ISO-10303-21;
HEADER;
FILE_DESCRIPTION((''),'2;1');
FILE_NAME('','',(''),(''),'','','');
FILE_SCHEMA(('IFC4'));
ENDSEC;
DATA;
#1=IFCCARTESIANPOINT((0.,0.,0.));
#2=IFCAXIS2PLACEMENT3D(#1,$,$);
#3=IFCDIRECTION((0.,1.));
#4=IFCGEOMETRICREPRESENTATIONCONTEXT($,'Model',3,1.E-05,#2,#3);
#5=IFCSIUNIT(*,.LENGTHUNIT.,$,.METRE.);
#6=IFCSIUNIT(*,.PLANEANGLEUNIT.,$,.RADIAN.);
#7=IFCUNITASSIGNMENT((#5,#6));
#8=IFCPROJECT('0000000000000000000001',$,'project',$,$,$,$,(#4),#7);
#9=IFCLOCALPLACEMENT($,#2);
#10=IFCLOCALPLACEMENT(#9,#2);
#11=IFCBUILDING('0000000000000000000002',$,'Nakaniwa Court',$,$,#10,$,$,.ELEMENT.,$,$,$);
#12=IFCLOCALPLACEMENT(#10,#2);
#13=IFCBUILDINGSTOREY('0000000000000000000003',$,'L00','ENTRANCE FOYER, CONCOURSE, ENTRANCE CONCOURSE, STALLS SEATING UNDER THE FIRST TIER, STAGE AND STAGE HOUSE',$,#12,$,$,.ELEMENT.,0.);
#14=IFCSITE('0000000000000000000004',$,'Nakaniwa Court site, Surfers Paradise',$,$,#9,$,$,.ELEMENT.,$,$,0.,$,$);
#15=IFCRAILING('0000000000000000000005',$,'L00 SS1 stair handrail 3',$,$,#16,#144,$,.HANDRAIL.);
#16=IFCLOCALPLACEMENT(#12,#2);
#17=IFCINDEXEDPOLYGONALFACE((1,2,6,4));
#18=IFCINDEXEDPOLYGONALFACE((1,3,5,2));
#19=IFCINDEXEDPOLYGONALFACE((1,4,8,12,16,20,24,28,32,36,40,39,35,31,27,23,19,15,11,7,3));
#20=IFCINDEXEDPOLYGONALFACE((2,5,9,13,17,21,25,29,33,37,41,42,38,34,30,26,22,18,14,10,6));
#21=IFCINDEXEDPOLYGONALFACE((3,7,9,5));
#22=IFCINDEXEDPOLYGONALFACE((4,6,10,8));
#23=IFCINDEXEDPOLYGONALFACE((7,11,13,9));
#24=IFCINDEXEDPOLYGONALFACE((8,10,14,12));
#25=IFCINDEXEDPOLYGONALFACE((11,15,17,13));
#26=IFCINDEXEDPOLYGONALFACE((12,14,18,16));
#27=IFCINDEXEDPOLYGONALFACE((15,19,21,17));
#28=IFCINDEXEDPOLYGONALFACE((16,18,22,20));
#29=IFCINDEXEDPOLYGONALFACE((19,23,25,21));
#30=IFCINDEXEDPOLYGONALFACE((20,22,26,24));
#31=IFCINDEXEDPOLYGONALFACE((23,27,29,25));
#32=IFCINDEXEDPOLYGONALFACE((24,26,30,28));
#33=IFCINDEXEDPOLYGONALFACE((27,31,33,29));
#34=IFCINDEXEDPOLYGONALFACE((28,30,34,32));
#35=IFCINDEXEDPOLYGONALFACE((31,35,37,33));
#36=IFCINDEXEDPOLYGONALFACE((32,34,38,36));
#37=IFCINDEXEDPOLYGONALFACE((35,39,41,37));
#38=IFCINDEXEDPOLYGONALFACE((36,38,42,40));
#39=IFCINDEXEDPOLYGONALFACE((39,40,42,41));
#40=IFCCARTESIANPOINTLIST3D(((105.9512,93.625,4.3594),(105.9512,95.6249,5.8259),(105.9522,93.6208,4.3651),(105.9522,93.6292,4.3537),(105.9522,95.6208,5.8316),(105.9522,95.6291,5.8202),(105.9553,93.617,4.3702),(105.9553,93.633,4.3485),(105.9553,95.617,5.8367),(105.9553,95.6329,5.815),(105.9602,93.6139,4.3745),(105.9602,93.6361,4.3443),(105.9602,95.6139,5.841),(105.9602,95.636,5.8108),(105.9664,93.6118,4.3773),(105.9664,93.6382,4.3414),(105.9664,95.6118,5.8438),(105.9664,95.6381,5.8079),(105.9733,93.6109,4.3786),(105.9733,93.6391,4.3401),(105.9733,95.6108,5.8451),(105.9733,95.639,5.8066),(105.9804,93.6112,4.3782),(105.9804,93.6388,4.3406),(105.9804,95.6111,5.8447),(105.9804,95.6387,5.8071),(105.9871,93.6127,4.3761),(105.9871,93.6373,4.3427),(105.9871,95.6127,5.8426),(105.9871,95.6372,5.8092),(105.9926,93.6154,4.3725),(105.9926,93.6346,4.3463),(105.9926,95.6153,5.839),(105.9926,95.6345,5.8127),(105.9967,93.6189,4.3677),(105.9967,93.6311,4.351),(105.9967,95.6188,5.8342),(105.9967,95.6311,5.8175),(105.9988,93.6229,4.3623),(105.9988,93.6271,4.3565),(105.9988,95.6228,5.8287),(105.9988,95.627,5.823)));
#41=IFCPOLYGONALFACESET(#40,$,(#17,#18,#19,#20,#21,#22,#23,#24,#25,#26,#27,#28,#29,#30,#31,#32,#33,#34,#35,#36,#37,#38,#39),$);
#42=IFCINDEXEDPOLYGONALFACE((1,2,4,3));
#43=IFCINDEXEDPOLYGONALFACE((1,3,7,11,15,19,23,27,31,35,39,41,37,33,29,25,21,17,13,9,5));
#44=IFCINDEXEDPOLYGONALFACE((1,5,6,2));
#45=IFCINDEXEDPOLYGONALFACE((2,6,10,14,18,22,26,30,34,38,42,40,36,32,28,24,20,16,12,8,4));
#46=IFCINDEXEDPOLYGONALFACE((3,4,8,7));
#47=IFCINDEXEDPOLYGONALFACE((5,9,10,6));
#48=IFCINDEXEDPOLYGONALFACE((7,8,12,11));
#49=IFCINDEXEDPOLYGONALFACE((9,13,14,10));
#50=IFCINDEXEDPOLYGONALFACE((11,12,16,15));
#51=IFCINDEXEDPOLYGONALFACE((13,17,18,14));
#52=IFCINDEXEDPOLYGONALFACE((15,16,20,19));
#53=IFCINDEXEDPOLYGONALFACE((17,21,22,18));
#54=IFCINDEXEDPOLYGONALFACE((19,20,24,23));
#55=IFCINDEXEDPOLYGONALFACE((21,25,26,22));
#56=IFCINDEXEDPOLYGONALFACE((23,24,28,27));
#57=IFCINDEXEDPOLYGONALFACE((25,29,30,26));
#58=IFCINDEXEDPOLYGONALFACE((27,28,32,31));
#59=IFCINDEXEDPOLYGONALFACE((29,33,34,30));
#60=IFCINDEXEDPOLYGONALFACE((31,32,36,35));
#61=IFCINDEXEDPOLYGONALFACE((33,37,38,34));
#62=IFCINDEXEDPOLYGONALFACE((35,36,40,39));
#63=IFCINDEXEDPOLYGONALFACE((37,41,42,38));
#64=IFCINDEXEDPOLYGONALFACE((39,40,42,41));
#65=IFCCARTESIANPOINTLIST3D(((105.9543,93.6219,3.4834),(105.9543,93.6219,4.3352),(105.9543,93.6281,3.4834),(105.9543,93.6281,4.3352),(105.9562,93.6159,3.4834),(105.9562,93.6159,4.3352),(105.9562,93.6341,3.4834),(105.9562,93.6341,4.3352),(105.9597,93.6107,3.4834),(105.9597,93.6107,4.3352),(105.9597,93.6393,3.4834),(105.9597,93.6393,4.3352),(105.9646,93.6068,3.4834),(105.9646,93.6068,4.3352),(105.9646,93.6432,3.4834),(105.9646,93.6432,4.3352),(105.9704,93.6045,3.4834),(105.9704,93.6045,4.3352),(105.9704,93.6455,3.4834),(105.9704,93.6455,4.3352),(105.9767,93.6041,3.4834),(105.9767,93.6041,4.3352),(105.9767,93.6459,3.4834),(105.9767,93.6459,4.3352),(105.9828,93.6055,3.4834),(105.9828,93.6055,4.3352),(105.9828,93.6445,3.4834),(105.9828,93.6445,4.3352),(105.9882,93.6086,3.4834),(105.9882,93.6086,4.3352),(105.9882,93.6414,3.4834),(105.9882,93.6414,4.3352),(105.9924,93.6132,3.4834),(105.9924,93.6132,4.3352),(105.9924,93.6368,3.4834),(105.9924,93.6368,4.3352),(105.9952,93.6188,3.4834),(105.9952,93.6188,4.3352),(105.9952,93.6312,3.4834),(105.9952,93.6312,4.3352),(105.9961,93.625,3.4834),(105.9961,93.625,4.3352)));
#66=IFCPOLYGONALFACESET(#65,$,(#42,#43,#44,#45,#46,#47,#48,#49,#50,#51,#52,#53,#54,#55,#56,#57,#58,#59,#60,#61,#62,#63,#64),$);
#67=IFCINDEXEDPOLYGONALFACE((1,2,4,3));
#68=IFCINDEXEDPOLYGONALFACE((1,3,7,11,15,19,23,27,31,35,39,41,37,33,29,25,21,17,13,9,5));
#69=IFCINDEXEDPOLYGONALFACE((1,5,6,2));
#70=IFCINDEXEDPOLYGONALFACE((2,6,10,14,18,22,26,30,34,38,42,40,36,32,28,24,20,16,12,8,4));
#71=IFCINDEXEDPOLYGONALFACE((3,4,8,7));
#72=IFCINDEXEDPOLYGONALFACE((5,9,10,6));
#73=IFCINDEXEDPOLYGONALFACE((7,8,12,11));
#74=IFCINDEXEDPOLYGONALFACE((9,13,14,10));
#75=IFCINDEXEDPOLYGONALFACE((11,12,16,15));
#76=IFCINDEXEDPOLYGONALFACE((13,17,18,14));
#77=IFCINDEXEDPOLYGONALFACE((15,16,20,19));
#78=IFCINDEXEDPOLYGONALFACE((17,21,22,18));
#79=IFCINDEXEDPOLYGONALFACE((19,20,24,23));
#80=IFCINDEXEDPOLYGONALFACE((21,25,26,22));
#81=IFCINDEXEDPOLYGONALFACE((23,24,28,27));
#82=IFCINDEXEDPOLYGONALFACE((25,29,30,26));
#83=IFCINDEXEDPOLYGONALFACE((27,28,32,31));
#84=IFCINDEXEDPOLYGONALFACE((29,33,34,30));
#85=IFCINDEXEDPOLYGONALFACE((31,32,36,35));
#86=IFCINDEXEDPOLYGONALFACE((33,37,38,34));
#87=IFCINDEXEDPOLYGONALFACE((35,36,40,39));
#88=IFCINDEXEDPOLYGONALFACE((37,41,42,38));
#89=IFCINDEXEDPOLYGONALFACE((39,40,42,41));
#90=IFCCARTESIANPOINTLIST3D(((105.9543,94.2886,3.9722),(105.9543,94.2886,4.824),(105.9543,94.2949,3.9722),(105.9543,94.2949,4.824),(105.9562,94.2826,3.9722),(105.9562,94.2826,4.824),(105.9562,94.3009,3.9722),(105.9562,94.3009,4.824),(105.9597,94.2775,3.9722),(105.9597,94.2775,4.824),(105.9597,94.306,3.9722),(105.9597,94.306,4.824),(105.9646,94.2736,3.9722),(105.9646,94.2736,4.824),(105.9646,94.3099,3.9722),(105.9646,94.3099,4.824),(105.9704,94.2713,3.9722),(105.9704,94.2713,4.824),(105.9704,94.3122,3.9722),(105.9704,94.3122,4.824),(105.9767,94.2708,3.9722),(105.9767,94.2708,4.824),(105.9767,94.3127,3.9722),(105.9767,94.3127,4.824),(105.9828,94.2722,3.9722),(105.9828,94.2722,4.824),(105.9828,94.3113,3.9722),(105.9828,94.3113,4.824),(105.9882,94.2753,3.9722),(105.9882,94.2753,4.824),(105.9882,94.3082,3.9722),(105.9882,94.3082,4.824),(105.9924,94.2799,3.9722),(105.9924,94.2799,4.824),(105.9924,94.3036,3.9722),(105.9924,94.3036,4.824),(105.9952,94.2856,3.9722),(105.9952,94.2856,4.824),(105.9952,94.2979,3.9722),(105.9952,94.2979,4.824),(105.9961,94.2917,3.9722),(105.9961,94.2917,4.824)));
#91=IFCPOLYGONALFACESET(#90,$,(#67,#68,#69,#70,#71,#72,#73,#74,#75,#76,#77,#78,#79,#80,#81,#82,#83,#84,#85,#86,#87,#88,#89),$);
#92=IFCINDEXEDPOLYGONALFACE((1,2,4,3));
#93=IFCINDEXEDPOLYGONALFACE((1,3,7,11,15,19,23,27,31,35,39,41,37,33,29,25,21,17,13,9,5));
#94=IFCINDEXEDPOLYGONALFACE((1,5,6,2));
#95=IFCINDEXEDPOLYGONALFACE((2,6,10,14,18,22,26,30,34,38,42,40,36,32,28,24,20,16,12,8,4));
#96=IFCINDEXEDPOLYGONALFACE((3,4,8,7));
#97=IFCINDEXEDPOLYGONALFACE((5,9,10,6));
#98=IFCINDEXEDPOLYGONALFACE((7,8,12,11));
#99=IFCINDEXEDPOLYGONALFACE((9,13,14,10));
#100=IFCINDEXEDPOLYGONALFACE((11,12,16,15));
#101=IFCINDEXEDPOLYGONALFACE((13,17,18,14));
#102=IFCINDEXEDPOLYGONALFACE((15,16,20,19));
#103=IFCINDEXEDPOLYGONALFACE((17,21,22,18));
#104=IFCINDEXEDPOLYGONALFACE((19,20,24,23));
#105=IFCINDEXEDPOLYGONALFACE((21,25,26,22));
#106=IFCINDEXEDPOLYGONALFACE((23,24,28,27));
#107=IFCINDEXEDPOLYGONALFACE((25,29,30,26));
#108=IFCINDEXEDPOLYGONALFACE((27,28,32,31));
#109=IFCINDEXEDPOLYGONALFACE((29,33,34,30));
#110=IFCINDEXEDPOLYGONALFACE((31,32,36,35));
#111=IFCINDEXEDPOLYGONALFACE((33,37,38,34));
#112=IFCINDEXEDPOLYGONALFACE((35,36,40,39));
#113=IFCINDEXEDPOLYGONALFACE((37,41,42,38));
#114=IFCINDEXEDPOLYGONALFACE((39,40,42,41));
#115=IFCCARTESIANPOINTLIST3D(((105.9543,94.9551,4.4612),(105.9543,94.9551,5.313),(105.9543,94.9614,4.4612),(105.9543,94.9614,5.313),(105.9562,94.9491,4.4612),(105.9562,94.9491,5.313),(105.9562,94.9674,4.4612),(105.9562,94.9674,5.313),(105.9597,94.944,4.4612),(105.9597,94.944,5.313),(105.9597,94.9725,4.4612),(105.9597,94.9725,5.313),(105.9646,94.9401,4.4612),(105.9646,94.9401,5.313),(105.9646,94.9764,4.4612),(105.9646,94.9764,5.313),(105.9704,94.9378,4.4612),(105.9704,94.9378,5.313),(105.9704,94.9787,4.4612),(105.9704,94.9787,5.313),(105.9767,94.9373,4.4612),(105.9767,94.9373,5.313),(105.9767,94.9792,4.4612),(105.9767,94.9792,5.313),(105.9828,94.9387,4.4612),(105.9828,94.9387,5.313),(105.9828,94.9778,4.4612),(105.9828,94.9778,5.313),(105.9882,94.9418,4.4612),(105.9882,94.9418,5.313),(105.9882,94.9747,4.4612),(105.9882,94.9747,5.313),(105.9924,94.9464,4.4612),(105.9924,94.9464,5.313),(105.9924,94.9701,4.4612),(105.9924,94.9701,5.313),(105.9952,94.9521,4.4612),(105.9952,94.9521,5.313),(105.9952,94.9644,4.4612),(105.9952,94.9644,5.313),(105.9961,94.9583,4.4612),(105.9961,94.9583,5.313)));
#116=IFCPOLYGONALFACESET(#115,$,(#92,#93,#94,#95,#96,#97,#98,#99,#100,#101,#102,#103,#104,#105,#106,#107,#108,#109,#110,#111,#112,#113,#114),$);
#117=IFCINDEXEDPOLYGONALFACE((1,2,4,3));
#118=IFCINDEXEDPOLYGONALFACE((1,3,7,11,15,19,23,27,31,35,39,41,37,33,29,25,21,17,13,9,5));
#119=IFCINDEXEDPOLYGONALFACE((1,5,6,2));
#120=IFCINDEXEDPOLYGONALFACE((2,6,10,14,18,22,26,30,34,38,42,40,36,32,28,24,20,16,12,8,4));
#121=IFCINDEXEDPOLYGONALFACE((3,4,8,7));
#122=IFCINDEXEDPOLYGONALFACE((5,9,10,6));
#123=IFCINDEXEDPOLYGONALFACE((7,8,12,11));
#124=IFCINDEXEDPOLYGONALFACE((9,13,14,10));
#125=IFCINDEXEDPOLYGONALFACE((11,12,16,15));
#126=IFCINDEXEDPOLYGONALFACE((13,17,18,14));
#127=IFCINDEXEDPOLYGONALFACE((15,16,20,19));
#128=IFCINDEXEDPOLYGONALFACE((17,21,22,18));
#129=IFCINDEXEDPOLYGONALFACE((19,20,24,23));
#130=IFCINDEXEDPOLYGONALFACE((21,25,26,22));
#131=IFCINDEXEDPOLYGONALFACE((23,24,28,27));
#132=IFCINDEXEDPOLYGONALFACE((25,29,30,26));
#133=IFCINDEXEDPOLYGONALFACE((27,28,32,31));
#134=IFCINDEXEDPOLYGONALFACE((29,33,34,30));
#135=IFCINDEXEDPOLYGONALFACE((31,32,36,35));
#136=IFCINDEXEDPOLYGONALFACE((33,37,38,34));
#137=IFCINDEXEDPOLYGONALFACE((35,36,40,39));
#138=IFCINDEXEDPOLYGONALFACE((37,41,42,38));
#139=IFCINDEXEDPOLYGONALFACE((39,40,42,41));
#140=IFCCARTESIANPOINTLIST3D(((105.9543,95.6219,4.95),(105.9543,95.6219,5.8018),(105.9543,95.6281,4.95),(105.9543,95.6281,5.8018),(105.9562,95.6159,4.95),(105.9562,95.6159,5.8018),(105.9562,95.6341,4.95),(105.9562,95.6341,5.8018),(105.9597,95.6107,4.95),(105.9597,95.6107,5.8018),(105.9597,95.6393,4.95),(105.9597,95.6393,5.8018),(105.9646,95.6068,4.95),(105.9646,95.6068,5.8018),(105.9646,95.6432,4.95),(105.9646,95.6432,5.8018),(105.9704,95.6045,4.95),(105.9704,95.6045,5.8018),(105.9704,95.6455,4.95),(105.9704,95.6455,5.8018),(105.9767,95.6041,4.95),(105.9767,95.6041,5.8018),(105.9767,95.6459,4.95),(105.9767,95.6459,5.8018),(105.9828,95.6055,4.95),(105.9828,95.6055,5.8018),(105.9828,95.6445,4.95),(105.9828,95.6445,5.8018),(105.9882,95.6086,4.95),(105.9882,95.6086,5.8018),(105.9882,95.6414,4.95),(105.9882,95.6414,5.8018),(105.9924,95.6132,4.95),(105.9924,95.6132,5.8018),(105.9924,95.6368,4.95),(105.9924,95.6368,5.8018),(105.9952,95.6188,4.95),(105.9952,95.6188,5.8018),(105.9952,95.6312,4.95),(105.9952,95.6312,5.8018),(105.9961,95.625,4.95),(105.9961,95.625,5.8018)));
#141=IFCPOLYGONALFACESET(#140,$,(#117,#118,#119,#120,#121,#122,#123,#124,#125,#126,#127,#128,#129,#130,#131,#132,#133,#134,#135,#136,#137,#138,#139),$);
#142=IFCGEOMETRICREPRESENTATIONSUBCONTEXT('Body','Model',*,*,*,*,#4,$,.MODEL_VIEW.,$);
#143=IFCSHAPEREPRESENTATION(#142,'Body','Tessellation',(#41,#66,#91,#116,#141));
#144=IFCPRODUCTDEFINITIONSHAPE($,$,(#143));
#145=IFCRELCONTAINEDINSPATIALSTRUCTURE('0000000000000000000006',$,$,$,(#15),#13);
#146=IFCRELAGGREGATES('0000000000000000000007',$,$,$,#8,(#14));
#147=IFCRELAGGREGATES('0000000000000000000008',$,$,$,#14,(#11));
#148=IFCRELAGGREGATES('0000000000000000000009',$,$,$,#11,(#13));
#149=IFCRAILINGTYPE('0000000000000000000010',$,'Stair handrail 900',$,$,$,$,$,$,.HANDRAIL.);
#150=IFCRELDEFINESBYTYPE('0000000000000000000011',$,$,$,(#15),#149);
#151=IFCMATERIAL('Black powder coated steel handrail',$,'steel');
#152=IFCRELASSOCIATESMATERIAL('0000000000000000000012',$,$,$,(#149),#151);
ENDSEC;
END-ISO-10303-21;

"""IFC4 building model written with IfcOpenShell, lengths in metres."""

from ifc_helpers import new_model, si_unit, direction, frame, origin, origin_2d, place, context, subcontext, project, spatial, circle, extrude, material, type_object, element, save


model = new_model("IFC4")

# Units and contexts
model_context = context("Model", 3, precision=1e-05, world=origin(), true_north=direction((0.0, 1.0)))
body_context = subcontext(model_context, "Body", "Model", "MODEL_VIEW")
ifc_project = project(units=[si_unit("LENGTHUNIT", "METRE"), si_unit("PLANEANGLEUNIT", "RADIAN")], contexts=[model_context])

# Site, building, storey
site_placement = place(None, origin())
site = spatial("IfcSite", under=ifc_project, at=site_placement, Name="Nakaniwa Court site, Surfers Paradise", CompositionType="ELEMENT", RefElevation=0.0)
building_placement = place(site_placement, origin())
building = spatial("IfcBuilding", under=site, at=building_placement, Name="Nakaniwa Court", CompositionType="ELEMENT")
storey_placement = place(building_placement, origin())
storey = spatial("IfcBuildingStorey", under=building, at=storey_placement, Name="L00", Description="ENTRANCE FOYER, CONCOURSE, ENTRANCE CONCOURSE, STALLS SEATING UNDER THE FIRST TIER, STAGE AND STAGE HOUSE", CompositionType="ELEMENT", Elevation=0.0)

# Railing
ifc_material_1 = material(Name="Black powder coated steel handrail", Category="steel")
railing_type_1 = type_object("IfcRailingType", Name="Stair handrail 900", PredefinedType="HANDRAIL", material=ifc_material_1)
for number, where, name in (
    (1, (105.9751, 93.625, 3.4834), "L00 SS1 stair handrail 3"),
):
    element("IfcRailing", number, at=place(storey_placement, frame(where)), inside=storey, type_object=railing_type_1, Name=name, PredefinedType="HANDRAIL", context=body_context, shape_type="SweptSolid", body=[
        extrude(circle(Radius=0.0239, at=origin_2d()), frame((0.0, 0.0, 0.876), z_axis=(0.0, 0.806427, 0.591334), x_axis=(-1.0, 0.0, 0.0)), (0.0, 0.0, 1.0), 2.48),
        extrude(circle(Radius=0.021, at=origin_2d()), origin(), (0.0, 0.0, 1.0), 0.8518),
        extrude(circle(Radius=0.021, at=origin_2d()), frame((0.0, 0.6667, 0.4888)), (0.0, 0.0, 1.0), 0.8518),
        extrude(circle(Radius=0.021, at=origin_2d()), frame((0.0, 1.3333, 0.9778)), (0.0, 0.0, 1.0), 0.8518),
        extrude(circle(Radius=0.021, at=origin_2d()), frame((0.0, 2.0, 1.4666)), (0.0, 0.0, 1.0), 0.8518),
    ])

save(model, "model.ifc")
